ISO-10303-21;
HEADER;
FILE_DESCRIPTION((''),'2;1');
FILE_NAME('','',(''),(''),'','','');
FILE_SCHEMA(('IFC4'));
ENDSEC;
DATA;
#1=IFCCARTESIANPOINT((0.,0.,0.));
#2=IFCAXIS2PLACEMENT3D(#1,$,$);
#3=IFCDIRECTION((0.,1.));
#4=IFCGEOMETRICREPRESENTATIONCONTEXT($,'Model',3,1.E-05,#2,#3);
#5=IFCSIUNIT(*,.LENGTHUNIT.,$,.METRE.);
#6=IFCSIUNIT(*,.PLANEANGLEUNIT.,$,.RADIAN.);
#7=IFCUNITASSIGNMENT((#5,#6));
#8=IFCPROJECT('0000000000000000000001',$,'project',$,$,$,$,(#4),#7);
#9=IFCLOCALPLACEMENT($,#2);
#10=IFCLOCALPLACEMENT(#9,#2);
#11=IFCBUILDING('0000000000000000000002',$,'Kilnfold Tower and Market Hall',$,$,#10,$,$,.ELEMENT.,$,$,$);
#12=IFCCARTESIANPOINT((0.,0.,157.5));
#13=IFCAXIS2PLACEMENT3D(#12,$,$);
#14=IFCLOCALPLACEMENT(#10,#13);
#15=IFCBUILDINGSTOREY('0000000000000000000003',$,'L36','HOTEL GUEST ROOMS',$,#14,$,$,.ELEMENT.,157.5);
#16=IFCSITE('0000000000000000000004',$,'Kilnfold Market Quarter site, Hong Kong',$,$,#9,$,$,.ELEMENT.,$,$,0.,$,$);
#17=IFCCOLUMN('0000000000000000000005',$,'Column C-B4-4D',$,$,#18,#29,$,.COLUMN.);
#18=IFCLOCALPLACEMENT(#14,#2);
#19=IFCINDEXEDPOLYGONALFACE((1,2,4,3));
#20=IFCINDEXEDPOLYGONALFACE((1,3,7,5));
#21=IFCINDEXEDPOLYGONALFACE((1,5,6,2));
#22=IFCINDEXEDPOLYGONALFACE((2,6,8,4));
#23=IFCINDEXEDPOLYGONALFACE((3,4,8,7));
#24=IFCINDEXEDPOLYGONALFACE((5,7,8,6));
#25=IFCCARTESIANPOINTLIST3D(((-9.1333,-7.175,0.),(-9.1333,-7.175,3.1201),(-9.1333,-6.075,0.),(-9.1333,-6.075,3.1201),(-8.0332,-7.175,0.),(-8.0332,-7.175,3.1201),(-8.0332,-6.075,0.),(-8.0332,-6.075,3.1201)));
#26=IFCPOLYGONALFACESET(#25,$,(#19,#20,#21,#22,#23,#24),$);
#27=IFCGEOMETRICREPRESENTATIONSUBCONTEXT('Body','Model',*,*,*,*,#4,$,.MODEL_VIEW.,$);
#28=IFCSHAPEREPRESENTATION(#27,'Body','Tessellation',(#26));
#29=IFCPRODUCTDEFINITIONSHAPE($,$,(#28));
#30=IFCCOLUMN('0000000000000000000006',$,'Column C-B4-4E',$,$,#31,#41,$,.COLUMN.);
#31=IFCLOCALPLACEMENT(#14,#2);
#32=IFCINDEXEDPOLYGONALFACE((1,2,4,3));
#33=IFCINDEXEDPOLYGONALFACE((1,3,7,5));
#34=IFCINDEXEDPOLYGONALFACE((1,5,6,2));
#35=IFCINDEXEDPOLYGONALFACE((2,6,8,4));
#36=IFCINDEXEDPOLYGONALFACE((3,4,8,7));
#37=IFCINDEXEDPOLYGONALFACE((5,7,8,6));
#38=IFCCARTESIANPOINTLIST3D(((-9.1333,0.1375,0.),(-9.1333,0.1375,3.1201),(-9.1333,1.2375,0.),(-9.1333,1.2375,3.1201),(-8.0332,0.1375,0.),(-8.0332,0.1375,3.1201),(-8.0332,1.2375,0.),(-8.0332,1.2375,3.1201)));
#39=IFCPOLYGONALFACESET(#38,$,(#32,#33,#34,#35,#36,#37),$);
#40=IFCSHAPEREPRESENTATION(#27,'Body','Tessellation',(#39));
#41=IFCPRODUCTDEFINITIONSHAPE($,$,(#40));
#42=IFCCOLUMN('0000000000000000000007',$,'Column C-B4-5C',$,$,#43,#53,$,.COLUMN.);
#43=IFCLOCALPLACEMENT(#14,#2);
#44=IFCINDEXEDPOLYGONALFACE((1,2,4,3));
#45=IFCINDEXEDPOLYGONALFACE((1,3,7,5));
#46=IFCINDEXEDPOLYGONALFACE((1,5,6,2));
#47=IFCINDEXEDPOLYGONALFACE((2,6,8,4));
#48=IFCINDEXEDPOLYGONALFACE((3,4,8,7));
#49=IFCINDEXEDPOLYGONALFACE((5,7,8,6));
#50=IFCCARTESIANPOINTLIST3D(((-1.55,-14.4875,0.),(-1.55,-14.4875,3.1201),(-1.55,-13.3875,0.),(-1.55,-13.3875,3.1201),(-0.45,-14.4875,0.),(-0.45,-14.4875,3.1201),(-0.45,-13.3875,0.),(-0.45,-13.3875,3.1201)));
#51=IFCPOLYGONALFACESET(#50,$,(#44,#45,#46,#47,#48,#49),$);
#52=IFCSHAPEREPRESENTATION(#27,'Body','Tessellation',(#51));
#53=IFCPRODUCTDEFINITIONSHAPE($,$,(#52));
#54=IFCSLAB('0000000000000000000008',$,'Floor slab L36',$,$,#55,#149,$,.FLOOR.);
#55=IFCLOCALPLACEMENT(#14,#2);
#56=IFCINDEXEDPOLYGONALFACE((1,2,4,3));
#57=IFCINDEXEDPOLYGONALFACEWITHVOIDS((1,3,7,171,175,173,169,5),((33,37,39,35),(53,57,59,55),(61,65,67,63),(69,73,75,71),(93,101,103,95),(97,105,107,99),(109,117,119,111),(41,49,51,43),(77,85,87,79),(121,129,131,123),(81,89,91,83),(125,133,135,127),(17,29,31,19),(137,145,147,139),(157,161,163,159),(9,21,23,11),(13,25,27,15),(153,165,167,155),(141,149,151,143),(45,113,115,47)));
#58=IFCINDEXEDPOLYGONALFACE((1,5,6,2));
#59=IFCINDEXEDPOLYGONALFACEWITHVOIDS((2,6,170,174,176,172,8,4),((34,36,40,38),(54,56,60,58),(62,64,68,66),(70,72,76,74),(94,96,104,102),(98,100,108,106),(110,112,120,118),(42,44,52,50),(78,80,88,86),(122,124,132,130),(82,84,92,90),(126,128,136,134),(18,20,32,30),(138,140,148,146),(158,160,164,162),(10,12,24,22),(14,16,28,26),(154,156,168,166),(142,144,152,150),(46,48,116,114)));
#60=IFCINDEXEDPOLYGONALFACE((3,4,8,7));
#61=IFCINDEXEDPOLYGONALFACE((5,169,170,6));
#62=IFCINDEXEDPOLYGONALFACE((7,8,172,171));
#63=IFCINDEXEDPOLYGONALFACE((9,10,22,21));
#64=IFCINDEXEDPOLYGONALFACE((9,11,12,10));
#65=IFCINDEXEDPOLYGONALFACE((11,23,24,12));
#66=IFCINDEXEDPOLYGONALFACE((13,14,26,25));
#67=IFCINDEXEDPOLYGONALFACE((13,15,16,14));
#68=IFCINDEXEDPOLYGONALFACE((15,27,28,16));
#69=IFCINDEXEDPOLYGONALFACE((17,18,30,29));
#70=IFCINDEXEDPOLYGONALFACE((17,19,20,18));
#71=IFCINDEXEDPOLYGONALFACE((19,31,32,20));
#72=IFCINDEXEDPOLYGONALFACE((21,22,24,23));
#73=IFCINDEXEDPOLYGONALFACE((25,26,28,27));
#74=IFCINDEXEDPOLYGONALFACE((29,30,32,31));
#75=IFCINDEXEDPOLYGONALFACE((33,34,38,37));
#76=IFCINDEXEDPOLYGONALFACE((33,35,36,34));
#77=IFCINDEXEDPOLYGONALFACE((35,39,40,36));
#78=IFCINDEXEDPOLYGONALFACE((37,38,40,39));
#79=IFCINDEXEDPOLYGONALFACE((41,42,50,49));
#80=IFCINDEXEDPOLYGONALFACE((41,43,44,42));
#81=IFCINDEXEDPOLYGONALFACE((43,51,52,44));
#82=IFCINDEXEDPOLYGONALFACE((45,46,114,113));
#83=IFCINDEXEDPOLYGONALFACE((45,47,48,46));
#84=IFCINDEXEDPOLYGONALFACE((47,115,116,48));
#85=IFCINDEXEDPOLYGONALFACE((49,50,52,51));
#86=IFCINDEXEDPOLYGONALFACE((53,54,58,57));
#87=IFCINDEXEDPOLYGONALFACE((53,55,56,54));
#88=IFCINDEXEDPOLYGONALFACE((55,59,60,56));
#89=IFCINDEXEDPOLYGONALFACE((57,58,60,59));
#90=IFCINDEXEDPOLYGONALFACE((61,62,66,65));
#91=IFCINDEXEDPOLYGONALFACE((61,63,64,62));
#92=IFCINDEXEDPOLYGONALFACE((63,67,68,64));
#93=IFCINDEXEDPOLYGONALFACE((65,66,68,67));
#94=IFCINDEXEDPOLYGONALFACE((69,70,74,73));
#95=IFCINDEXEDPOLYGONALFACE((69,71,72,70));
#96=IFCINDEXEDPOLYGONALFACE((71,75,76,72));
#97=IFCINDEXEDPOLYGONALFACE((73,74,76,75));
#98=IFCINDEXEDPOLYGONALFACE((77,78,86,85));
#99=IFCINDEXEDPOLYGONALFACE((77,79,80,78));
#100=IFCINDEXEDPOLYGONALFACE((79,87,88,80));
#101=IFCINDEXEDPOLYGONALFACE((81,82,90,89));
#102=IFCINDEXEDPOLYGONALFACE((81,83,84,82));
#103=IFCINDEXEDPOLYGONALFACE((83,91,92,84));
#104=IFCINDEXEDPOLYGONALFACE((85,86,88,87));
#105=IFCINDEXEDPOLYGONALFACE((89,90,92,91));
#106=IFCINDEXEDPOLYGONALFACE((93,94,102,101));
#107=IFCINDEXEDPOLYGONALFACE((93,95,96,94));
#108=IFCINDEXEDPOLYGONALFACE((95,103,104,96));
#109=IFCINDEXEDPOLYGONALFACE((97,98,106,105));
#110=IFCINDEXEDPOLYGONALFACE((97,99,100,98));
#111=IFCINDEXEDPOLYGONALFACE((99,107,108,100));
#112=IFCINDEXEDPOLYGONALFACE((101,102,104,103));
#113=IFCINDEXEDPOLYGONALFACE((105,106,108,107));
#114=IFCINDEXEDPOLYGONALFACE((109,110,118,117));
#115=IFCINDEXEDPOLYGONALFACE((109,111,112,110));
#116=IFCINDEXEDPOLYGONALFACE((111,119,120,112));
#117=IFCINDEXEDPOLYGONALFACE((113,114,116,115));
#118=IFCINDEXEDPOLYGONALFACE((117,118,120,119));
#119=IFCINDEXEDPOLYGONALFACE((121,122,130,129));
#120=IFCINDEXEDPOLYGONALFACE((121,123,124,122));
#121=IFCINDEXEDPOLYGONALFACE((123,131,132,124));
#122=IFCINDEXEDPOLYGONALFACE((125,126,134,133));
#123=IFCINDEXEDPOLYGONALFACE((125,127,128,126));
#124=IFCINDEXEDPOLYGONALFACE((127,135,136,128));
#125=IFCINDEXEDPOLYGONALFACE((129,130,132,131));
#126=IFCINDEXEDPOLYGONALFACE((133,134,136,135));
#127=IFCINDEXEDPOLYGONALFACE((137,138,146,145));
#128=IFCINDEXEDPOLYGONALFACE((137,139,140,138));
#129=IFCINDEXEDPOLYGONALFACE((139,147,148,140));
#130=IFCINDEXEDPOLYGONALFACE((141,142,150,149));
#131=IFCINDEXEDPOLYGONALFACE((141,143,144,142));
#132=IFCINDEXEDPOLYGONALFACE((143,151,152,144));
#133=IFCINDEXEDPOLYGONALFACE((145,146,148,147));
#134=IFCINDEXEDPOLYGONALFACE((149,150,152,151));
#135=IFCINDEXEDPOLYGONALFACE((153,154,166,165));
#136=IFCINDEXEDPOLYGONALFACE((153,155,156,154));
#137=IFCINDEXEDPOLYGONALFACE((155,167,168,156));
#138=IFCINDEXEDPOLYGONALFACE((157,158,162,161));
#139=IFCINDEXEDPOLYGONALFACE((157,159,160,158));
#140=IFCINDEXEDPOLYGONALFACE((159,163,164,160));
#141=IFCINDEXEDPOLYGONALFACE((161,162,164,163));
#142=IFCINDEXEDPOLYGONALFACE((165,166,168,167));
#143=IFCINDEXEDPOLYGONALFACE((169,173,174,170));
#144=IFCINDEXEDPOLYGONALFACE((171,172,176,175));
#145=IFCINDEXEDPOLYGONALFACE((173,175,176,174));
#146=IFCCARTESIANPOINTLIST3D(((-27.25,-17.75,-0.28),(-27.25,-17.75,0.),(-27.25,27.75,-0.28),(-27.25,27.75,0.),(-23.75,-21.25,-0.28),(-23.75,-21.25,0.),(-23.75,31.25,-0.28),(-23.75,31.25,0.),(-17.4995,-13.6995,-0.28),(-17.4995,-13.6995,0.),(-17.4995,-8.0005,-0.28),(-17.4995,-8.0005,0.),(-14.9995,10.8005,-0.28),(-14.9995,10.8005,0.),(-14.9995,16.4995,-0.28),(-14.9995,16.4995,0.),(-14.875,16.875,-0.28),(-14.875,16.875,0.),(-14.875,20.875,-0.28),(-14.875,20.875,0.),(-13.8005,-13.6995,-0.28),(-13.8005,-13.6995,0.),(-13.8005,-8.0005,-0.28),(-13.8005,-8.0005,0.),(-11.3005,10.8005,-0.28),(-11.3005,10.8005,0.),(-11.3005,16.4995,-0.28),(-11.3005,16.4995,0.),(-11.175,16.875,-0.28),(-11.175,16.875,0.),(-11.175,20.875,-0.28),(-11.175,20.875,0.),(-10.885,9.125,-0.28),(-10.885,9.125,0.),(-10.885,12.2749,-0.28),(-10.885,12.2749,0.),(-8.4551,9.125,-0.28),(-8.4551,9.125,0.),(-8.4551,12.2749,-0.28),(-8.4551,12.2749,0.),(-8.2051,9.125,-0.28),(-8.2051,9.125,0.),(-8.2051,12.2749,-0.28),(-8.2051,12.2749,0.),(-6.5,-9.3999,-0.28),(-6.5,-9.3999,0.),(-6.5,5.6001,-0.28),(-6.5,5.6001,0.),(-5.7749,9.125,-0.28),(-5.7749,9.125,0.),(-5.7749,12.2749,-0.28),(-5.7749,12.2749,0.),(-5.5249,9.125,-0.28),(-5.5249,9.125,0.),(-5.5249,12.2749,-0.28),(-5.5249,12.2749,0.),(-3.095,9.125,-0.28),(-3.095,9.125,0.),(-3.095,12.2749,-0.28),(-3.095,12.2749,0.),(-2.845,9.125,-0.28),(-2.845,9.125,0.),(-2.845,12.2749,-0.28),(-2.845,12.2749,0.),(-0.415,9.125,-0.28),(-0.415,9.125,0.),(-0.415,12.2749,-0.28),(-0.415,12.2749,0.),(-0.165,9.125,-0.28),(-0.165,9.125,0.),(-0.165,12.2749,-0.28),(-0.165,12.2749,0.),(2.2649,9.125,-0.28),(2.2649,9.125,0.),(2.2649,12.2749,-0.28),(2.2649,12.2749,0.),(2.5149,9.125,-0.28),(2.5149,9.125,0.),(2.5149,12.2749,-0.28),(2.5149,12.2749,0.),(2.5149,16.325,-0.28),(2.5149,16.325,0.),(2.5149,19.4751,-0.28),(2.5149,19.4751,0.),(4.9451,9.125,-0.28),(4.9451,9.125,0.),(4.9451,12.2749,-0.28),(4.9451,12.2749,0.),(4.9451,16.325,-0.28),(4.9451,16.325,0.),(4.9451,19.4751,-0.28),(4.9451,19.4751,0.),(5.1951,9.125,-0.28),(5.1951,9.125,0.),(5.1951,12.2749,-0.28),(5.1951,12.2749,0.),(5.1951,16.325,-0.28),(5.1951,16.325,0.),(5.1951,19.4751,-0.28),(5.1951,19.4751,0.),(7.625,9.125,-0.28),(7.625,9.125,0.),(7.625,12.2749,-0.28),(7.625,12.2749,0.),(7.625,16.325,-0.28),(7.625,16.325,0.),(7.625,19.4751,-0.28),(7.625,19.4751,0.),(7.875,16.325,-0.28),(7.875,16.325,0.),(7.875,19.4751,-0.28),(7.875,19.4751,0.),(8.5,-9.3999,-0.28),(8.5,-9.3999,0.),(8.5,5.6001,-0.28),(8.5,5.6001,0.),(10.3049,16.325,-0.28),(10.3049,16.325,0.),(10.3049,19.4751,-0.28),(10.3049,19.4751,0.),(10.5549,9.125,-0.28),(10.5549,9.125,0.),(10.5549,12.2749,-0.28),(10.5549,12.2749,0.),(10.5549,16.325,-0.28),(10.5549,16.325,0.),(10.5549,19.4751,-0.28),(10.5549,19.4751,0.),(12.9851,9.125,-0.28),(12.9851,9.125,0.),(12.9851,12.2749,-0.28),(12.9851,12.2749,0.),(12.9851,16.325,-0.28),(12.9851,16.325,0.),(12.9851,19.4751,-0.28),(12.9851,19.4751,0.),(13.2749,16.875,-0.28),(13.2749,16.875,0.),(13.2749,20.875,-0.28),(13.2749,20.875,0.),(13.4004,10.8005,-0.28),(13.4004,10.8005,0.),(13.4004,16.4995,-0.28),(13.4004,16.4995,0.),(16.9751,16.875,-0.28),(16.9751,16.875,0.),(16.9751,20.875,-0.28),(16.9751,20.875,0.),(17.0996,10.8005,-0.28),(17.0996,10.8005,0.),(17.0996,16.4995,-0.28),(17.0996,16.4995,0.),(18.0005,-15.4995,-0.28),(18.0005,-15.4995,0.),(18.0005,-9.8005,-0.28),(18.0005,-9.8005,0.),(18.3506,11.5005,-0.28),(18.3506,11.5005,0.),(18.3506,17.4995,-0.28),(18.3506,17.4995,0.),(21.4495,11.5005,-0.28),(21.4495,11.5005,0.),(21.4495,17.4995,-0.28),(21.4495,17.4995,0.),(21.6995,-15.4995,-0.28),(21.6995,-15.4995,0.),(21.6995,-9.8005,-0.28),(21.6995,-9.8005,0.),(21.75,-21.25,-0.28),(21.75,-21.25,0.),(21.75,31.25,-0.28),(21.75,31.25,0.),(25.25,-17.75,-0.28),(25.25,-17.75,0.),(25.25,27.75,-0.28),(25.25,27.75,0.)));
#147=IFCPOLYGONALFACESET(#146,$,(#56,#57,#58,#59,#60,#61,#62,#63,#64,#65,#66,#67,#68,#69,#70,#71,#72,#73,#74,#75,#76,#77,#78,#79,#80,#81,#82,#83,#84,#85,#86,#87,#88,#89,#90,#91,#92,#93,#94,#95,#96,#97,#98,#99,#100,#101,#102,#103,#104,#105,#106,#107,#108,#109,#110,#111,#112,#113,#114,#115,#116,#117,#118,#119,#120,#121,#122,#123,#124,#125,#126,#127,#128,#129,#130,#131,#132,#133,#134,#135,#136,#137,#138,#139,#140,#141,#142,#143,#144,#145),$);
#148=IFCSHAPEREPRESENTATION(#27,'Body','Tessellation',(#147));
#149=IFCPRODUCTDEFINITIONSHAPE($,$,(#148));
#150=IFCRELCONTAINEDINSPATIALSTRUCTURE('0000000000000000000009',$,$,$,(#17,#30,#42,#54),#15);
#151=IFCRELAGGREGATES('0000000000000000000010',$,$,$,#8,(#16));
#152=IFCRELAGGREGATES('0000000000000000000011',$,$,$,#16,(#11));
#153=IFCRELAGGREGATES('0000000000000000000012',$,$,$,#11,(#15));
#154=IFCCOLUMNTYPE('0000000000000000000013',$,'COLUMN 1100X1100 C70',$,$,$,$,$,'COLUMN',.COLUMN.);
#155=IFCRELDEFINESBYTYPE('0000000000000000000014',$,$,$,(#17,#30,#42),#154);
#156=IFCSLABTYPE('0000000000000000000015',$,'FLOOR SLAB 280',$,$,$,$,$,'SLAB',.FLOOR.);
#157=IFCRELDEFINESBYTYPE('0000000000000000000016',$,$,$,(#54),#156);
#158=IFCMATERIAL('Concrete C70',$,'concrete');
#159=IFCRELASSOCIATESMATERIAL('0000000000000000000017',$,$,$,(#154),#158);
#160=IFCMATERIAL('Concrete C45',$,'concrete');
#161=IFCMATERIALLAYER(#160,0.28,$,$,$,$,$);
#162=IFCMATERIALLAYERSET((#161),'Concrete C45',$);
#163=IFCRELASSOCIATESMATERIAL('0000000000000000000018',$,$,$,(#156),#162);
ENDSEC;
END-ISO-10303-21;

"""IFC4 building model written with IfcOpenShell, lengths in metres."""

from ifc_helpers import new_model, si_unit, direction, frame, origin, origin_2d, place, context, subcontext, project, spatial, polyline, rectangle, outline, extrude, source, transform, mapped, material, layer, layer_set, material_profile, profile_set, type_object, element, save


model = new_model("IFC4")

# Units and contexts
model_context = context("Model", 3, precision=1e-05, world=origin(), true_north=direction((0.0, 1.0)))
body_context = subcontext(model_context, "Body", "Model", "MODEL_VIEW")
ifc_project = project(units=[si_unit("LENGTHUNIT", "METRE"), si_unit("PLANEANGLEUNIT", "RADIAN")], contexts=[model_context])

# Site, building, storey
site_placement = place(None, origin())
site = spatial("IfcSite", under=ifc_project, at=site_placement, Name="Kilnfold Market Quarter site, Hong Kong", CompositionType="ELEMENT", RefElevation=0.0)
building_placement = place(site_placement, origin())
building = spatial("IfcBuilding", under=site, at=building_placement, Name="Kilnfold Tower and Market Hall", CompositionType="ELEMENT")
storey_placement = place(building_placement, frame((0.0, 0.0, 157.5)))
storey = spatial("IfcBuildingStorey", under=building, at=storey_placement, Name="L36", Description="HOTEL GUEST ROOMS", CompositionType="ELEMENT", Elevation=157.5)

# Columns
ifc_material_1 = material(Name="Concrete C70", Category="concrete")
ifc_material_profile = material_profile(ifc_material_1, rectangle(XDim=1.1001, YDim=1.1001, at=origin_2d()), Name="RC 1100x1100")
ifc_profile_set = profile_set([ifc_material_profile], Name="Concrete C70")
column_type = type_object("IfcColumnType", Name="COLUMN 1100X1100 C70", ElementType="COLUMN", PredefinedType="COLUMN", material=ifc_profile_set)
shared_shape_1 = source(origin(), body_context, "Body", "SweptSolid", [
    extrude(rectangle(XDim=1.1001, YDim=1.1001, at=origin_2d()), origin(), (0.0, 0.0, 1.0), 3.1201),
])
for number, where, z_axis, x_axis, name in (
    (1, (-8.5833, -6.625, 0.0), (0.0, 0.0, 1.0), (1.0, 0.0, 0.0), "Column C-B4-4D"),
    (2, (-8.5833, 0.6875, 0.0), (0.0, 0.0, 1.0), (1.0, 0.0, 0.0), "Column C-B4-4E"),
    (3, (-1.0, -13.9375, 0.0), (0.0, 0.0, 1.0), (1.0, 0.0, 0.0), "Column C-B4-5C"),
):
    element("IfcColumn", number, at=place(storey_placement, frame(where, z_axis=z_axis, x_axis=x_axis)), inside=storey, type_object=column_type, Name=name, PredefinedType="COLUMN", context=body_context, shape_type="MappedRepresentation", body=[
        mapped(shared_shape_1, transform((0.0, 0.0, 0.0))),
    ])

# Slab
ifc_material_2 = material(Name="Concrete C45", Category="concrete")
ifc_layer_1 = layer(ifc_material_2, 0.28)
ifc_layer_set_1 = layer_set([ifc_layer_1], Name="Concrete C45")
slab_type_1 = type_object("IfcSlabType", Name="FLOOR SLAB 280", ElementType="SLAB", PredefinedType="FLOOR", material=ifc_layer_set_1)
shared_shape_2 = source(origin(), body_context, "Body", "SweptSolid", [
    extrude(outline(polyline([(-23.75, -21.25), (21.75, -21.25), (25.25, -17.75), (25.25, 27.75), (21.75, 31.25), (-23.75, 31.25), (-27.25, 27.75), (-27.25, -17.75), (-23.75, -21.25)]), holes=[polyline([(-13.8005, -13.6995), (-17.4995, -13.6995), (-17.4995, -8.0005), (-13.8005, -8.0005), (-13.8005, -13.6995)]), polyline([(-11.3005, 10.8005), (-14.9995, 10.8005), (-14.9995, 16.4995), (-11.3005, 16.4995), (-11.3005, 10.8005)]), polyline([(-14.875, 16.875), (-14.875, 20.875), (-11.175, 20.875), (-11.175, 16.875), (-14.875, 16.875)]), polyline([(-8.4551, 9.125), (-10.885, 9.125), (-10.885, 12.2749), (-8.4551, 12.2749), (-8.4551, 9.125)]), polyline([(-8.2051, 9.125), (-8.2051, 12.2749), (-5.7749, 12.2749), (-5.7749, 9.125), (-8.2051, 9.125)]), polyline([(8.5, -9.3999), (-6.5, -9.3999), (-6.5, 5.6001), (8.5, 5.6001), (8.5, -9.3999)]), polyline([(-5.5249, 9.125), (-5.5249, 12.2749), (-3.095, 12.2749), (-3.095, 9.125), (-5.5249, 9.125)]), polyline([(-0.415, 9.125), (-2.845, 9.125), (-2.845, 12.2749), (-0.415, 12.2749), (-0.415, 9.125)]), polyline([(2.2649, 9.125), (-0.165, 9.125), (-0.165, 12.2749), (2.2649, 12.2749), (2.2649, 9.125)]), polyline([(4.9451, 9.125), (2.5149, 9.125), (2.5149, 12.2749), (4.9451, 12.2749), (4.9451, 9.125)]), polyline([(2.5149, 16.325), (2.5149, 19.4751), (4.9451, 19.4751), (4.9451, 16.325), (2.5149, 16.325)]), polyline([(7.625, 9.125), (5.1951, 9.125), (5.1951, 12.2749), (7.625, 12.2749), (7.625, 9.125)]), polyline([(7.625, 16.325), (5.1951, 16.325), (5.1951, 19.4751), (7.625, 19.4751), (7.625, 16.325)]), polyline([(10.3049, 16.325), (7.875, 16.325), (7.875, 19.4751), (10.3049, 19.4751), (10.3049, 16.325)]), polyline([(10.5549, 9.125), (10.5549, 12.2749), (12.9851, 12.2749), (12.9851, 9.125), (10.5549, 9.125)]), polyline([(10.5549, 16.325), (10.5549, 19.4751), (12.9851, 19.4751), (12.9851, 16.325), (10.5549, 16.325)]), polyline([(13.2749, 16.875), (13.2749, 20.875), (16.9751, 20.875), (16.9751, 16.875), (13.2749, 16.875)]), polyline([(13.4004, 10.8005), (13.4004, 16.4995), (17.0996, 16.4995), (17.0996, 10.8005), (13.4004, 10.8005)]), polyline([(18.0005, -9.8005), (21.6995, -9.8005), (21.6995, -15.4995), (18.0005, -15.4995), (18.0005, -9.8005)]), polyline([(21.4495, 11.5005), (18.3506, 11.5005), (18.3506, 17.4995), (21.4495, 17.4995), (21.4495, 11.5005)])]), origin(), (0.0, 0.0, 1.0), 0.28),
])
slab_1_placement = place(storey_placement, frame((0.0, 0.0, -0.28)))
element("IfcSlab", 4, at=slab_1_placement, inside=storey, type_object=slab_type_1, Name="Floor slab L36", PredefinedType="FLOOR", context=body_context, shape_type="MappedRepresentation", body=[
    mapped(shared_shape_2, transform((0.0, 0.0, 0.0))),
])

save(model, "model.ifc")
